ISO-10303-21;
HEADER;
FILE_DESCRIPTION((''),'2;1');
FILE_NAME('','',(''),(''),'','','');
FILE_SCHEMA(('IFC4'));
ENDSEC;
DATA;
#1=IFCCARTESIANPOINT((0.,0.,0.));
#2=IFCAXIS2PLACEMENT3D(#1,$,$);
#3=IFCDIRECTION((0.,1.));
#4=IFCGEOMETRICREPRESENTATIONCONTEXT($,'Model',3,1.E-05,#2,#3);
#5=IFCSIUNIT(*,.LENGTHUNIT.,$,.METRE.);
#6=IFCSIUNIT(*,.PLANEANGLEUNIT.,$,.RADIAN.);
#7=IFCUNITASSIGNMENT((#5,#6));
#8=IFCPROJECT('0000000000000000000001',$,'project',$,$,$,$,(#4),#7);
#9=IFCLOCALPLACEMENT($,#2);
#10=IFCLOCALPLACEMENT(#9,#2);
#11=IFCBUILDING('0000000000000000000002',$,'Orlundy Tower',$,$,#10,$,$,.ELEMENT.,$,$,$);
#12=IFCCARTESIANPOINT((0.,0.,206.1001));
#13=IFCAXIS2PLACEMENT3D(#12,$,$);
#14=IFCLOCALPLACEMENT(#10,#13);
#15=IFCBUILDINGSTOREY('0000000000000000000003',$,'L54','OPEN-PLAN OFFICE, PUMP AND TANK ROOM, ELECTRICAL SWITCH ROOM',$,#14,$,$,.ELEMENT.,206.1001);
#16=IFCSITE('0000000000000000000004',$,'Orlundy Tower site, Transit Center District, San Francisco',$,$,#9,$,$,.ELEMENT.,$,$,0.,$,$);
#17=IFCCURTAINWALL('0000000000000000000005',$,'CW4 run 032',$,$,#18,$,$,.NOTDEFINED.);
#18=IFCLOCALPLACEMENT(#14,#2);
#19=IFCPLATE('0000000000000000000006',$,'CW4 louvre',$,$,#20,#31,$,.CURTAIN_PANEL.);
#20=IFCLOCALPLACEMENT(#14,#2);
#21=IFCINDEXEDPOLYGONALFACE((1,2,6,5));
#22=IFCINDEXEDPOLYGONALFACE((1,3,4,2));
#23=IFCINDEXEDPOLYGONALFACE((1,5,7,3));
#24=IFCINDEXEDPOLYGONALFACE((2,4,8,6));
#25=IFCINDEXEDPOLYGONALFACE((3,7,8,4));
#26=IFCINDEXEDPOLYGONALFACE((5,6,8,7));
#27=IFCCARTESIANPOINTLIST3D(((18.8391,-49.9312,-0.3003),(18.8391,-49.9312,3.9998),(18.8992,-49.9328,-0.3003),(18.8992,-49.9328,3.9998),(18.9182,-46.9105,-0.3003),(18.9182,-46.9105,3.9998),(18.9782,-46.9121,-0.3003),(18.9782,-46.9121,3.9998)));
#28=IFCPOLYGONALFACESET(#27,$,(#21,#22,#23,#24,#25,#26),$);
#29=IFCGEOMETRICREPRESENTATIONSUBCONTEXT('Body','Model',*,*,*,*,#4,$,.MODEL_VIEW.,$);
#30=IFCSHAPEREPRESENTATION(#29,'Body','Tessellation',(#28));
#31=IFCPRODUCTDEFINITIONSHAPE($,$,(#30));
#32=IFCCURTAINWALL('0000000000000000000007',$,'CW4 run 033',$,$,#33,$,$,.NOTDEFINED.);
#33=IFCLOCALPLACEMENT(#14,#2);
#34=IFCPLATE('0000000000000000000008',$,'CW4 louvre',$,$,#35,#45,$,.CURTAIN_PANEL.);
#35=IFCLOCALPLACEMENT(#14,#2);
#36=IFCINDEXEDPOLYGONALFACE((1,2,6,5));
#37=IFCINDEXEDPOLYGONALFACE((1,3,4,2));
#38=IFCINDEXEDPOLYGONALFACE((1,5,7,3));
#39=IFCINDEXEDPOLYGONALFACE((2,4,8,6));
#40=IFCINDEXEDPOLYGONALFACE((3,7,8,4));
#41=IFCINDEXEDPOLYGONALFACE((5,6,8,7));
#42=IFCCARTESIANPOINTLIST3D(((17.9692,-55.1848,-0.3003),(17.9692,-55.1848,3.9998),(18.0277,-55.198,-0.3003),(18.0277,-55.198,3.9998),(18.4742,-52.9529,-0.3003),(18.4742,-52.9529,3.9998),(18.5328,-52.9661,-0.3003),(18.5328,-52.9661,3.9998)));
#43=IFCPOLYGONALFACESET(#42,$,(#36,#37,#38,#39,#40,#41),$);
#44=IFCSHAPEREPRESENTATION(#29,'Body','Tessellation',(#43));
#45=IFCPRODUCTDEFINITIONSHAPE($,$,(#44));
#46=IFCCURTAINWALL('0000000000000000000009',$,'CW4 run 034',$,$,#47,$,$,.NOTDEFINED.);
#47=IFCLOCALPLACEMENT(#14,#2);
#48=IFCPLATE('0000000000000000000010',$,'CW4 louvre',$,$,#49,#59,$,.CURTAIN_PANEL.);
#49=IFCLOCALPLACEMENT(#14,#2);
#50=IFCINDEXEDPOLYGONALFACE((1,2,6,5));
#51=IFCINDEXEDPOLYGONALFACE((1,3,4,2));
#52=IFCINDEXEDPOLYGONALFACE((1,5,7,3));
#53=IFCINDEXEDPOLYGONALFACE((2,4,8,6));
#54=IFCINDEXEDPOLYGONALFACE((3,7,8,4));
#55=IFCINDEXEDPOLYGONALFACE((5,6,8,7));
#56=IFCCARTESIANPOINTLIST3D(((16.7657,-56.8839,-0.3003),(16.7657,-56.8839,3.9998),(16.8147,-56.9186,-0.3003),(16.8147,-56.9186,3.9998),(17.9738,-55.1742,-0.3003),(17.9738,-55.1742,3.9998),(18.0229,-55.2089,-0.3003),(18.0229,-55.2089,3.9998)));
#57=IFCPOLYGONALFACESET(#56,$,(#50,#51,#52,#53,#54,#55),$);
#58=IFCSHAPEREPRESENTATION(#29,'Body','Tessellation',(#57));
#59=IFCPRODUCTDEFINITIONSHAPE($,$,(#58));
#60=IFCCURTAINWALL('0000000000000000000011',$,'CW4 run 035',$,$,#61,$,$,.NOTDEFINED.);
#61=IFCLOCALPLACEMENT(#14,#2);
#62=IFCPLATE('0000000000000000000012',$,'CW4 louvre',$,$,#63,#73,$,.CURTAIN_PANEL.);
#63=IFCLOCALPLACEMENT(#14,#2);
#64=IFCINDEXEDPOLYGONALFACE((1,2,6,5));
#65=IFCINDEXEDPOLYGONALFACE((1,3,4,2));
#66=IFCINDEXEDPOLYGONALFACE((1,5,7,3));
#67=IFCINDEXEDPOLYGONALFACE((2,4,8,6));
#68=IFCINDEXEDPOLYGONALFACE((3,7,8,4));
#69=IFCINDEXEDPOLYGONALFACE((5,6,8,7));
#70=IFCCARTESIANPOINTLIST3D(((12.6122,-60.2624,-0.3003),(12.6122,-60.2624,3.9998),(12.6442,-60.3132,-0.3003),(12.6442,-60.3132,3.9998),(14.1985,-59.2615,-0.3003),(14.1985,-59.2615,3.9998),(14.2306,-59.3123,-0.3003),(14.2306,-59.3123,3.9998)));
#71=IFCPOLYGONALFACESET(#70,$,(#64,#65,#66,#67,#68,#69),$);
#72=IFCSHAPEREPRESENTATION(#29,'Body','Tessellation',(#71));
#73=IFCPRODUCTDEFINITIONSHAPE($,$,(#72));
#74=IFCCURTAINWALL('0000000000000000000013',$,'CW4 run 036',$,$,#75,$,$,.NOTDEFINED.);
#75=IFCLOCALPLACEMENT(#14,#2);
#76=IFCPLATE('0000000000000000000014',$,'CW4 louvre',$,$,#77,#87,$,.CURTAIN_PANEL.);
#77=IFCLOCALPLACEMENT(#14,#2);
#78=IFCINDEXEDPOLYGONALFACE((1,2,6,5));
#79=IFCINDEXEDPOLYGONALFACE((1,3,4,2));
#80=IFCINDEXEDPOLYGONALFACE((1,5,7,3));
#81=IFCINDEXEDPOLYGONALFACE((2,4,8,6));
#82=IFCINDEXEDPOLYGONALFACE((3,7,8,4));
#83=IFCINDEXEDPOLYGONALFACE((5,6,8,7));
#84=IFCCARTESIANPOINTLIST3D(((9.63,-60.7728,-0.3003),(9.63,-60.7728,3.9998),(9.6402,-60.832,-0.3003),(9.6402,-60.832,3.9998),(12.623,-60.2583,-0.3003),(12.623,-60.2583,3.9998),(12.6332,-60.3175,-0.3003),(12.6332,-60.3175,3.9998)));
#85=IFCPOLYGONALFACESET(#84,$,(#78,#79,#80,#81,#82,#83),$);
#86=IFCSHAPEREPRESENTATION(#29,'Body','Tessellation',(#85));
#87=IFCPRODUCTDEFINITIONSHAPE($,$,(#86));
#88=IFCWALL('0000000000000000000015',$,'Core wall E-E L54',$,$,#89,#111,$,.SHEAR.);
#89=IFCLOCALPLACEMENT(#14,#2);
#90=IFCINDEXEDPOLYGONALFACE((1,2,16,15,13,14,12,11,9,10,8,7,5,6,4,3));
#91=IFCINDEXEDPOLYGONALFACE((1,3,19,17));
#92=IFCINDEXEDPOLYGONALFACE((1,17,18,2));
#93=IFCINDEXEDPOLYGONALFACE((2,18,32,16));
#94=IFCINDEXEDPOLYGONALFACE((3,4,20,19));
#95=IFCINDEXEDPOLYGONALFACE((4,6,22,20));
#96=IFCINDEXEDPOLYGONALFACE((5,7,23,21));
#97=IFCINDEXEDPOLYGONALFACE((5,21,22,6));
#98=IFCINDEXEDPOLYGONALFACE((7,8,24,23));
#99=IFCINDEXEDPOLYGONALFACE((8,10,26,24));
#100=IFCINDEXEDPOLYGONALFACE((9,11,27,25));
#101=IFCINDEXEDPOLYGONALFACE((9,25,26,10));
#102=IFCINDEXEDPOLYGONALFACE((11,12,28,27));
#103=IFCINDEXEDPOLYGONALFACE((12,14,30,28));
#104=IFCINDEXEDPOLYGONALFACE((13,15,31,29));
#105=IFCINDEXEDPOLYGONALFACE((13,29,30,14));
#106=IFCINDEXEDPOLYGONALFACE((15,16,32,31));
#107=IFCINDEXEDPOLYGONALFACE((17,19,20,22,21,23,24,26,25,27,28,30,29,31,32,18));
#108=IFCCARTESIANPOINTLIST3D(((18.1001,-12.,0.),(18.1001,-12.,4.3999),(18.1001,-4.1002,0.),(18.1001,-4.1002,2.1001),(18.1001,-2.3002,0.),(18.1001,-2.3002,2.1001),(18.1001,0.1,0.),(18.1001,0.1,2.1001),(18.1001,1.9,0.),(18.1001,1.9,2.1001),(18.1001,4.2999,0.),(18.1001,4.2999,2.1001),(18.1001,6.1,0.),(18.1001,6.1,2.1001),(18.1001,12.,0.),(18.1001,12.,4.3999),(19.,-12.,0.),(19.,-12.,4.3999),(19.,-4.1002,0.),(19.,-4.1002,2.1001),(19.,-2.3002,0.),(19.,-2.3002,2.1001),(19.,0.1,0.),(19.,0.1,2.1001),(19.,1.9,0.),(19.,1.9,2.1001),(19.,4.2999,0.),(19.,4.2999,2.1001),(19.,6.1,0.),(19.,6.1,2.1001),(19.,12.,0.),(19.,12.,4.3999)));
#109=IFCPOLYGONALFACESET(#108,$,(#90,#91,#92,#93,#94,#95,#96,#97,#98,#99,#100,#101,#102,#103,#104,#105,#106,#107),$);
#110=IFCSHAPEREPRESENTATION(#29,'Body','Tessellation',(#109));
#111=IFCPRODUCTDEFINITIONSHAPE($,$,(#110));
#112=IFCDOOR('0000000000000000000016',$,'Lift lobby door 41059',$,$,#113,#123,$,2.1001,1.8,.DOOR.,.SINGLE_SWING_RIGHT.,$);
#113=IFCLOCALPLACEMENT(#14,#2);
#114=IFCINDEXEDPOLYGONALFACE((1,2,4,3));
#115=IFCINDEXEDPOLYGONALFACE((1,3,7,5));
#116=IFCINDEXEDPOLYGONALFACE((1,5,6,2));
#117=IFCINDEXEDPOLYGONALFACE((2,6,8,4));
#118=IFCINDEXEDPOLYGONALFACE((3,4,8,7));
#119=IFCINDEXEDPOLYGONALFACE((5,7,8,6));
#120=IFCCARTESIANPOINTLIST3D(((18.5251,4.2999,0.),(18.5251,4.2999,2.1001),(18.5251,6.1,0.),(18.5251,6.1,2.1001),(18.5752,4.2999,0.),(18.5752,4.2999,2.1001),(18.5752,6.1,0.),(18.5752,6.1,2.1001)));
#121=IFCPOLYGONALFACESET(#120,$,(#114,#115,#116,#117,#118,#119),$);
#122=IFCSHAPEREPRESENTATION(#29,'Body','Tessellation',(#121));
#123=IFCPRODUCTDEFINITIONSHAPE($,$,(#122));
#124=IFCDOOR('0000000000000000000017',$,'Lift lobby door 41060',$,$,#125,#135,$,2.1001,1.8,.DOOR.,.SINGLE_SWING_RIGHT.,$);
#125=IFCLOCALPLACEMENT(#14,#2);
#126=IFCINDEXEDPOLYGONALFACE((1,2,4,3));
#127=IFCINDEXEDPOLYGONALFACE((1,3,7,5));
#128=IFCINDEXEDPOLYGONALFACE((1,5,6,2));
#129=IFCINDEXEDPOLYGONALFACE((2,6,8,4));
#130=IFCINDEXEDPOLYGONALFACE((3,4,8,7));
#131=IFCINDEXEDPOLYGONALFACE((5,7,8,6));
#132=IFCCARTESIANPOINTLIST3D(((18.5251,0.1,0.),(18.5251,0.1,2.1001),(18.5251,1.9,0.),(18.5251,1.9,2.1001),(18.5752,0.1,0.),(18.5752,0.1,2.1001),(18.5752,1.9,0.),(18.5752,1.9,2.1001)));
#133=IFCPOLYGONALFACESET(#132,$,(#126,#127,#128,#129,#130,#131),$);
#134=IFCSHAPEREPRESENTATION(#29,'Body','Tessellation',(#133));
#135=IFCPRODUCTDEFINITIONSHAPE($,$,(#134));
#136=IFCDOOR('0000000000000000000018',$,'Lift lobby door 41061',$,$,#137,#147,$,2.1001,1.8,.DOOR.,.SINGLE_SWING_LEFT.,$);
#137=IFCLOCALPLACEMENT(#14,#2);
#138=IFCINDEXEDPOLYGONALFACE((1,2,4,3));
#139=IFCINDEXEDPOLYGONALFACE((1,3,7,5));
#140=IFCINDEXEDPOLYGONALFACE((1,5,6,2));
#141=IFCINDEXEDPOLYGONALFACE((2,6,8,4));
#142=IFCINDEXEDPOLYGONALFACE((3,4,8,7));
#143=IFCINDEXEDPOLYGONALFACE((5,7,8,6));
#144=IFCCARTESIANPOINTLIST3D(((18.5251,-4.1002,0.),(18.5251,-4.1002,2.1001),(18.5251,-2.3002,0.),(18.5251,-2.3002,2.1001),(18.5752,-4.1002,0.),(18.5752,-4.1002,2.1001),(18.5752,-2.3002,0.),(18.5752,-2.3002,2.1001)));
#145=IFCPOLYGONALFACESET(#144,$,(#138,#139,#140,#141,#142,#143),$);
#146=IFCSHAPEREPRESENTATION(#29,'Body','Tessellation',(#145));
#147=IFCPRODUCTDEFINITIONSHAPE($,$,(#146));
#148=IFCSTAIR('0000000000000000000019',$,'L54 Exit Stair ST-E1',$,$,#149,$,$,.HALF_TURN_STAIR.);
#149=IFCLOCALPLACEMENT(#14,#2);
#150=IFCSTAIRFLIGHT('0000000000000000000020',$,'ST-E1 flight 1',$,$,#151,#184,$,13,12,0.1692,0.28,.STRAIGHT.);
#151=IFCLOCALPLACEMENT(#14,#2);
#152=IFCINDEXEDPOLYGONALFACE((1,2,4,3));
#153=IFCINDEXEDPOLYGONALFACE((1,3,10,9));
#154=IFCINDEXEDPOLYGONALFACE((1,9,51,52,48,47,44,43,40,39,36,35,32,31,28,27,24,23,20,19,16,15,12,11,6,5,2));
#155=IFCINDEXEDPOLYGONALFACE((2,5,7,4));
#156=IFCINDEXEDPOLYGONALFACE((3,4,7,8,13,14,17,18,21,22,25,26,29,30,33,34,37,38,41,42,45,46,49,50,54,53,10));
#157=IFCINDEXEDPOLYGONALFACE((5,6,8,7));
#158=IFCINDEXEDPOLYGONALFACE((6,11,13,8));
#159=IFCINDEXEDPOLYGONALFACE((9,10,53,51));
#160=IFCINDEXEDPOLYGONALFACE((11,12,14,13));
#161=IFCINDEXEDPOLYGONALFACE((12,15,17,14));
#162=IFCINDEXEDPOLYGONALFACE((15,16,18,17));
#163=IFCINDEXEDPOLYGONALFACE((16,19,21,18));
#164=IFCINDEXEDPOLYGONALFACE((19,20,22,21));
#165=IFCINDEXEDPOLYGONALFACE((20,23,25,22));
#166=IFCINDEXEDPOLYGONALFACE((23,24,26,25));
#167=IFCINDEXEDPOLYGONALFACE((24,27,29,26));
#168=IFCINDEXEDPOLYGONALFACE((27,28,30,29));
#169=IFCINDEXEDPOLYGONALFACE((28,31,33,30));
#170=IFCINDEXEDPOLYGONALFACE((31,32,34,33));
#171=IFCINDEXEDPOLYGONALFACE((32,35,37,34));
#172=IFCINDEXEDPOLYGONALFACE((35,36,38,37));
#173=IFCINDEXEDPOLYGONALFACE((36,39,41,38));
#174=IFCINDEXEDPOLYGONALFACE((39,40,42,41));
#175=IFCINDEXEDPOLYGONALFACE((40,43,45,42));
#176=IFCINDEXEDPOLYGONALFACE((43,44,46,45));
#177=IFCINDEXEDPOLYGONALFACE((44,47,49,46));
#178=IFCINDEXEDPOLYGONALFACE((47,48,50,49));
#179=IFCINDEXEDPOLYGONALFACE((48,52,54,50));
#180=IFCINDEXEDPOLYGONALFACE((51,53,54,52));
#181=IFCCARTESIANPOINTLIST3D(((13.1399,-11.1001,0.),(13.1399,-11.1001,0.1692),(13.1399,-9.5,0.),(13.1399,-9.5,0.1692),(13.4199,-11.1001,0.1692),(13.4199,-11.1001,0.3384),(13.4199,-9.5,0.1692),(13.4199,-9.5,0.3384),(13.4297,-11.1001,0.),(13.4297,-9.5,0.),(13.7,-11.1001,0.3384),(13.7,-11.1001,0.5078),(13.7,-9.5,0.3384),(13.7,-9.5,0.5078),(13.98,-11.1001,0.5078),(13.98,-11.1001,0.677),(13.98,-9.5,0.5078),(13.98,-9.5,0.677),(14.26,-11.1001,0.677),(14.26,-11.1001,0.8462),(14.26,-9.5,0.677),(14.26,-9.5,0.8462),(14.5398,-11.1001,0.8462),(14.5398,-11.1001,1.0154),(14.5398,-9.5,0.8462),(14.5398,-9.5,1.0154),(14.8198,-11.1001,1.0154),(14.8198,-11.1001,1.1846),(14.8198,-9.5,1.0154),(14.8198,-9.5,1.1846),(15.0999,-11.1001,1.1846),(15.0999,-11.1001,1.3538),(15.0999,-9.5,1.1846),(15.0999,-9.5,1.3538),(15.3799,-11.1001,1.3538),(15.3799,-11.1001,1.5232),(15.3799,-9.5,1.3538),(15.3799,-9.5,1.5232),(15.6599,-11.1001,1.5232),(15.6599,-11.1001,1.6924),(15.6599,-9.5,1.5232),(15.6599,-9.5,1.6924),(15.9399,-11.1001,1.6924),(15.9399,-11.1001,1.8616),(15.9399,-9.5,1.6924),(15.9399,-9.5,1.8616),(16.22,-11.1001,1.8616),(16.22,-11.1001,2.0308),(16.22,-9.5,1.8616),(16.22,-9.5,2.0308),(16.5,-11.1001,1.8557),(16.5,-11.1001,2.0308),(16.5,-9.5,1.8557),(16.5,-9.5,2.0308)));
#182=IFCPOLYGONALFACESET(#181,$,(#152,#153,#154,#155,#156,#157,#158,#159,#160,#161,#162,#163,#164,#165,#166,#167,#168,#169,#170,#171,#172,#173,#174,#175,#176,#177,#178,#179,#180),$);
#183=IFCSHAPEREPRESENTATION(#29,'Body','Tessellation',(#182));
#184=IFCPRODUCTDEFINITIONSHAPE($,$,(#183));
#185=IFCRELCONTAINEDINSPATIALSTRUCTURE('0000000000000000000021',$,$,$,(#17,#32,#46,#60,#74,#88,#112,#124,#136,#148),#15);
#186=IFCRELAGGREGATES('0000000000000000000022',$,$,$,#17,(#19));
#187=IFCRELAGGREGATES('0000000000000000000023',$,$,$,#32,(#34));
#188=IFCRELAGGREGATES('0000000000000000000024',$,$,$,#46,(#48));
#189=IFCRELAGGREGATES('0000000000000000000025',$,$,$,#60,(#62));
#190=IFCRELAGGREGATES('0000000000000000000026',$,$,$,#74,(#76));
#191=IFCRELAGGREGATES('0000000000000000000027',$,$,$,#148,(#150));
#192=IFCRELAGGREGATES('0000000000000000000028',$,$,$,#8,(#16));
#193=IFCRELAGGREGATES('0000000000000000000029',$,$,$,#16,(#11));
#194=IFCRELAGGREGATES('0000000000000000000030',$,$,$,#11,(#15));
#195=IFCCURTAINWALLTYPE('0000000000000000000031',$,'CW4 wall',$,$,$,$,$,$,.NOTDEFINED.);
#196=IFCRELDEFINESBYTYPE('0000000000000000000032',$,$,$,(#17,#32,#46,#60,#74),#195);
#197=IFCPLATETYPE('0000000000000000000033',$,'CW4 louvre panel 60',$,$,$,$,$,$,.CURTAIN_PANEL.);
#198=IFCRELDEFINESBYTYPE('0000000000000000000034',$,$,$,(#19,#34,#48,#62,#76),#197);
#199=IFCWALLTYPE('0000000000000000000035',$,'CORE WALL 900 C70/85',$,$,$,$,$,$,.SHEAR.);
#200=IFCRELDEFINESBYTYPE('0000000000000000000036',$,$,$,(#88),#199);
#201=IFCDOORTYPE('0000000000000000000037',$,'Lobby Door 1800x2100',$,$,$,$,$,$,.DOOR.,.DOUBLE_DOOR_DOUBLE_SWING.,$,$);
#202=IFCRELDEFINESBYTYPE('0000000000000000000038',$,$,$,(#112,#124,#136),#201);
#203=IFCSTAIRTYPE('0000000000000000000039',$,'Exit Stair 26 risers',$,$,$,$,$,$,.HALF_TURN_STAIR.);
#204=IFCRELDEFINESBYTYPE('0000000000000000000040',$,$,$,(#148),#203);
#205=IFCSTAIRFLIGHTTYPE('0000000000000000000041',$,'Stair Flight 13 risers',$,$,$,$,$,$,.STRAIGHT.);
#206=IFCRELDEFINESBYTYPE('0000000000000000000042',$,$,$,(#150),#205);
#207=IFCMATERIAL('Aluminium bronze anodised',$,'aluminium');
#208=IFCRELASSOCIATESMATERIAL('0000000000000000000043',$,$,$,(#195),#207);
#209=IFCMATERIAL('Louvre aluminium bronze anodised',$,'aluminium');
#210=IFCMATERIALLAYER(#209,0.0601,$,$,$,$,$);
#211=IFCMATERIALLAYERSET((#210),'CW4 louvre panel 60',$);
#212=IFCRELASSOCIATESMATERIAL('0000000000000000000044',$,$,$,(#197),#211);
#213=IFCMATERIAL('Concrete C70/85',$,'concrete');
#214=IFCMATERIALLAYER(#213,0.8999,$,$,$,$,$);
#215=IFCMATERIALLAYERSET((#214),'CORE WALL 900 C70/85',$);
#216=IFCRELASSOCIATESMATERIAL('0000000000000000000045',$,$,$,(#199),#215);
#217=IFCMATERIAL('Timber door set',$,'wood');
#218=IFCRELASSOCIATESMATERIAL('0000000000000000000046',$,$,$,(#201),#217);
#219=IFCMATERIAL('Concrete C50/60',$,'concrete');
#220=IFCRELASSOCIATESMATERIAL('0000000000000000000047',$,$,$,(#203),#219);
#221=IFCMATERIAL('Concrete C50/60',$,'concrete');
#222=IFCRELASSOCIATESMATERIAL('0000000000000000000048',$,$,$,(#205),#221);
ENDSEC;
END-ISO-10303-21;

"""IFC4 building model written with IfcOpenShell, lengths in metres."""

from ifc_helpers import new_model, si_unit, direction, frame, frame_2d, origin, origin_2d, place, context, subcontext, project, spatial, polyline, rectangle, outline, extrude, material, layer, layer_set, type_object, element, fill, aggregate, save


model = new_model("IFC4")

# Units and contexts
model_context = context("Model", 3, precision=1e-05, world=origin(), true_north=direction((0.0, 1.0)))
body_context = subcontext(model_context, "Body", "Model", "MODEL_VIEW")
ifc_project = project(units=[si_unit("LENGTHUNIT", "METRE"), si_unit("PLANEANGLEUNIT", "RADIAN")], contexts=[model_context])

# Site, building, storey
site_placement = place(None, origin())
site = spatial("IfcSite", under=ifc_project, at=site_placement, Name="Orlundy Tower site, Transit Center District, San Francisco", CompositionType="ELEMENT", RefElevation=0.0)
building_placement = place(site_placement, origin())
building = spatial("IfcBuilding", under=site, at=building_placement, Name="Orlundy Tower", CompositionType="ELEMENT")
storey_placement = place(building_placement, frame((0.0, 0.0, 206.1001)))
storey = spatial("IfcBuildingStorey", under=building, at=storey_placement, Name="L54", Description="OPEN-PLAN OFFICE, PUMP AND TANK ROOM, ELECTRICAL SWITCH ROOM", CompositionType="ELEMENT", Elevation=206.1001)

# Shared definitions
ifc_material_1 = material(Name="Aluminium bronze anodised", Category="aluminium")
curtain_wall_type = type_object("IfcCurtainWallType", Name="CW4 wall", PredefinedType="NOTDEFINED", material=ifc_material_1)
ifc_material_2 = material(Name="Louvre aluminium bronze anodised", Category="aluminium")
ifc_layer_1 = layer(ifc_material_2, 0.0601)
ifc_layer_set_1 = layer_set([ifc_layer_1], Name="CW4 louvre panel 60")
plate_type = type_object("IfcPlateType", Name="CW4 louvre panel 60", PredefinedType="CURTAIN_PANEL", material=ifc_layer_set_1)

# Curtain wall, plate
curtain_wall_1_placement = place(storey_placement, origin())
curtain_wall_1 = element("IfcCurtainWall", 1, at=curtain_wall_1_placement, inside=storey, type_object=curtain_wall_type, Name="CW4 run 032", PredefinedType="NOTDEFINED")
plate_1_placement = place(storey_placement, frame((18.9087, -48.4216, -0.3003), z_axis=(0.0, 0.0, 1.0), x_axis=(-0.026166, -0.999658, 0.0)))
plate_1 = element("IfcPlate", 2, at=plate_1_placement, type_object=plate_type, Name="CW4 louvre", PredefinedType="CURTAIN_PANEL", context=body_context, shape_type="SweptSolid", body=[
    extrude(rectangle(XDim=3.0217, YDim=0.0601, at=origin_2d()), origin(), (0.0, 0.0, 1.0), 4.3),
])
aggregate(curtain_wall_1, [plate_1])

# Curtain walls, plates
curtain_wall_2_placement = place(storey_placement, origin())
curtain_wall_2 = element("IfcCurtainWall", 3, at=curtain_wall_2_placement, inside=storey, type_object=curtain_wall_type, Name="CW4 run 033", PredefinedType="NOTDEFINED")
plate_2_placement = place(storey_placement, frame((18.251, -54.0754, -0.3003), z_axis=(0.0, 0.0, 1.0), x_axis=(-0.2207, -0.975342, 0.0)))
plate_2 = element("IfcPlate", 4, at=plate_2_placement, type_object=plate_type, Name="CW4 louvre", PredefinedType="CURTAIN_PANEL", context=body_context, shape_type="SweptSolid", body=[
    extrude(rectangle(XDim=2.2883, YDim=0.0601, at=origin_2d()), origin(), (0.0, 0.0, 1.0), 4.3),
])
aggregate(curtain_wall_2, [plate_2])
curtain_wall_3_placement = place(storey_placement, origin())
curtain_wall_3 = element("IfcCurtainWall", 5, at=curtain_wall_3_placement, inside=storey, type_object=curtain_wall_type, Name="CW4 run 034", PredefinedType="NOTDEFINED")
plate_3_placement = place(storey_placement, frame((17.3943, -56.0464, -0.3003), z_axis=(0.0, 0.0, 1.0), x_axis=(-0.577096, -0.816676, 0.0)))
plate_3 = element("IfcPlate", 6, at=plate_3_placement, type_object=plate_type, Name="CW4 louvre", PredefinedType="CURTAIN_PANEL", context=body_context, shape_type="SweptSolid", body=[
    extrude(rectangle(XDim=2.0935, YDim=0.0601, at=origin_2d()), origin(), (0.0, 0.0, 1.0), 4.3),
])
aggregate(curtain_wall_3, [plate_3])
curtain_wall_4_placement = place(storey_placement, origin())
curtain_wall_4 = element("IfcCurtainWall", 7, at=curtain_wall_4_placement, inside=storey, type_object=curtain_wall_type, Name="CW4 run 035", PredefinedType="NOTDEFINED")
plate_4_placement = place(storey_placement, frame((13.4214, -59.7874, -0.3003), z_axis=(0.0, 0.0, 1.0), x_axis=(-0.845732, -0.533607, 0.0)))
plate_4 = element("IfcPlate", 8, at=plate_4_placement, type_object=plate_type, Name="CW4 louvre", PredefinedType="CURTAIN_PANEL", context=body_context, shape_type="SweptSolid", body=[
    extrude(rectangle(XDim=1.8757, YDim=0.0601, at=origin_2d()), origin(), (0.0, 0.0, 1.0), 4.3),
])
aggregate(curtain_wall_4, [plate_4])
curtain_wall_5_placement = place(storey_placement, origin())
curtain_wall_5 = element("IfcCurtainWall", 9, at=curtain_wall_5_placement, inside=storey, type_object=curtain_wall_type, Name="CW4 run 036", PredefinedType="NOTDEFINED")
plate_5_placement = place(storey_placement, frame((11.1316, -60.5452, -0.3003), z_axis=(0.0, 0.0, 1.0), x_axis=(-0.985543, -0.169428, 0.0)))
plate_5 = element("IfcPlate", 10, at=plate_5_placement, type_object=plate_type, Name="CW4 louvre", PredefinedType="CURTAIN_PANEL", context=body_context, shape_type="SweptSolid", body=[
    extrude(rectangle(XDim=3.0369, YDim=0.0601, at=origin_2d()), origin(), (0.0, 0.0, 1.0), 4.3),
])
aggregate(curtain_wall_5, [plate_5])

# Wall, openings, doors
ifc_material_3 = material(Name="Concrete C70/85", Category="concrete")
ifc_layer_2 = layer(ifc_material_3, 0.8999)
ifc_layer_set_2 = layer_set([ifc_layer_2], Name="CORE WALL 900 C70/85")
wall_type = type_object("IfcWallType", Name="CORE WALL 900 C70/85", PredefinedType="SHEAR", material=ifc_layer_set_2)
wall_placement = place(storey_placement, frame((18.55, -12.0, 0.0), z_axis=(0.0, 0.0, 1.0), x_axis=(0.0, 1.0, 0.0)))
wall = element("IfcWall", 11, at=wall_placement, inside=storey, type_object=wall_type, Name="Core wall E-E L54", PredefinedType="SHEAR", context=body_context, shape_type="SweptSolid", body=[
    extrude(rectangle(XDim=24.0, YDim=0.8999, at=frame_2d((12.0, 0.0))), origin(), (0.0, 0.0, 1.0), 4.3999),
])
opening_1_placement = place(wall_placement, frame((16.3, 0.0, 0.0)))
opening_1 = element("IfcOpeningElement", 12, at=opening_1_placement, cuts=wall, PredefinedType="OPENING", context=body_context, shape_type="SweptSolid", body=[
    extrude(rectangle(XDim=1.8, YDim=2.1001, at=frame_2d((0.8999, 1.05))), frame((0.0, 0.46, 0.0), z_axis=(0.0, -1.0, 0.0), x_axis=(1.0, 0.0, 0.0)), (0.0, 0.0, 1.0), 0.9199),
])
opening_2_placement = place(wall_placement, frame((12.1001, 0.0, 0.0)))
opening_2 = element("IfcOpeningElement", 13, at=opening_2_placement, cuts=wall, PredefinedType="OPENING", context=body_context, shape_type="SweptSolid", body=[
    extrude(rectangle(XDim=1.8, YDim=2.1001, at=frame_2d((0.8999, 1.05))), frame((0.0, 0.46, 0.0), z_axis=(0.0, -1.0, 0.0), x_axis=(1.0, 0.0, 0.0)), (0.0, 0.0, 1.0), 0.9199),
])
opening_3_placement = place(wall_placement, frame((7.8999, 0.0, 0.0)))
opening_3 = element("IfcOpeningElement", 14, at=opening_3_placement, cuts=wall, PredefinedType="OPENING", context=body_context, shape_type="SweptSolid", body=[
    extrude(rectangle(XDim=1.8, YDim=2.1001, at=frame_2d((0.8999, 1.05))), frame((0.0, 0.46, 0.0), z_axis=(0.0, -1.0, 0.0), x_axis=(1.0, 0.0, 0.0)), (0.0, 0.0, 1.0), 0.9199),
])
ifc_material_4 = material(Name="Timber door set", Category="wood")
door_type = type_object("IfcDoorType", Name="Lobby Door 1800x2100", OperationType="DOUBLE_DOOR_DOUBLE_SWING", PredefinedType="DOOR", material=ifc_material_4)
door_1_placement = place(opening_1_placement, origin())
door_1 = element("IfcDoor", 15, at=door_1_placement, inside=storey, type_object=door_type, Name="Lift lobby door 41059", OperationType="SINGLE_SWING_RIGHT", OverallHeight=2.1001, OverallWidth=1.8, PredefinedType="DOOR", context=body_context, shape_type="SweptSolid", body=[
    extrude(rectangle(XDim=1.8, YDim=2.1001, at=frame_2d((0.8999, 1.05))), frame((0.0, 0.0249, 0.0), z_axis=(0.0, -1.0, 0.0), x_axis=(1.0, 0.0, 0.0)), (0.0, 0.0, 1.0), 0.05),
])
fill(opening_1, door_1)
door_2_placement = place(opening_2_placement, origin())
door_2 = element("IfcDoor", 16, at=door_2_placement, inside=storey, type_object=door_type, Name="Lift lobby door 41060", OperationType="SINGLE_SWING_RIGHT", OverallHeight=2.1001, OverallWidth=1.8, PredefinedType="DOOR", context=body_context, shape_type="SweptSolid", body=[
    extrude(rectangle(XDim=1.8, YDim=2.1001, at=frame_2d((0.8999, 1.05))), frame((0.0, 0.0249, 0.0), z_axis=(0.0, -1.0, 0.0), x_axis=(1.0, 0.0, 0.0)), (0.0, 0.0, 1.0), 0.05),
])
fill(opening_2, door_2)
door_3_placement = place(opening_3_placement, origin())
door_3 = element("IfcDoor", 17, at=door_3_placement, inside=storey, type_object=door_type, Name="Lift lobby door 41061", OperationType="SINGLE_SWING_LEFT", OverallHeight=2.1001, OverallWidth=1.8, PredefinedType="DOOR", context=body_context, shape_type="SweptSolid", body=[
    extrude(rectangle(XDim=1.8, YDim=2.1001, at=frame_2d((0.8999, 1.05))), frame((0.0, 0.0249, 0.0), z_axis=(0.0, -1.0, 0.0), x_axis=(1.0, 0.0, 0.0)), (0.0, 0.0, 1.0), 0.05),
])
fill(opening_3, door_3)

# Stair, stair flight
ifc_material_5 = material(Name="Concrete C50/60", Category="concrete")
stair_type = type_object("IfcStairType", Name="Exit Stair 26 risers", PredefinedType="HALF_TURN_STAIR", material=ifc_material_5)
stair_placement = place(storey_placement, origin())
stair = element("IfcStair", 18, at=stair_placement, inside=storey, type_object=stair_type, Name="L54 Exit Stair ST-E1", PredefinedType="HALF_TURN_STAIR")
ifc_material_6 = material(Name="Concrete C50/60", Category="concrete")
stair_flight_type = type_object("IfcStairFlightType", Name="Stair Flight 13 risers", PredefinedType="STRAIGHT", material=ifc_material_6)
stair_flight_placement = place(storey_placement, frame((13.1399, -10.3, 0.0), z_axis=(0.0, 0.0, 1.0), x_axis=(1.0, 0.0, 0.0)))
stair_flight = element("IfcStairFlight", 19, at=stair_flight_placement, type_object=stair_flight_type, Name="ST-E1 flight 1", NumberOfRisers=13, NumberOfTreads=12, PredefinedType="STRAIGHT", RiserHeight=0.1692, TreadLength=0.28, context=body_context, shape_type="SweptSolid", body=[
    extrude(outline(polyline([(0.0, 0.0), (0.0, 0.1692), (0.28, 0.1692), (0.28, 0.3384), (0.5601, 0.3384), (0.5601, 0.5078), (0.8401, 0.5078), (0.8401, 0.677), (1.1201, 0.677), (1.1201, 0.8462), (1.3999, 0.8462), (1.3999, 1.0154), (1.6799, 1.0154), (1.6799, 1.1846), (1.96, 1.1846), (1.96, 1.3538), (2.24, 1.3538), (2.24, 1.5232), (2.52, 1.5232), (2.52, 1.6924), (2.8, 1.6924), (2.8, 1.8616), (3.0801, 1.8616), (3.0801, 2.0308), (3.3601, 2.0308), (3.3601, 2.2), (3.3601, 1.8557), (0.2898, 0.0), (0.0, 0.0)])), frame((0.0, 0.8, 0.0), z_axis=(0.0, -1.0, 0.0), x_axis=(1.0, 0.0, 0.0)), (0.0, 0.0, 1.0), 1.6001),
])
aggregate(stair, [stair_flight])

save(model, "model.ifc")
